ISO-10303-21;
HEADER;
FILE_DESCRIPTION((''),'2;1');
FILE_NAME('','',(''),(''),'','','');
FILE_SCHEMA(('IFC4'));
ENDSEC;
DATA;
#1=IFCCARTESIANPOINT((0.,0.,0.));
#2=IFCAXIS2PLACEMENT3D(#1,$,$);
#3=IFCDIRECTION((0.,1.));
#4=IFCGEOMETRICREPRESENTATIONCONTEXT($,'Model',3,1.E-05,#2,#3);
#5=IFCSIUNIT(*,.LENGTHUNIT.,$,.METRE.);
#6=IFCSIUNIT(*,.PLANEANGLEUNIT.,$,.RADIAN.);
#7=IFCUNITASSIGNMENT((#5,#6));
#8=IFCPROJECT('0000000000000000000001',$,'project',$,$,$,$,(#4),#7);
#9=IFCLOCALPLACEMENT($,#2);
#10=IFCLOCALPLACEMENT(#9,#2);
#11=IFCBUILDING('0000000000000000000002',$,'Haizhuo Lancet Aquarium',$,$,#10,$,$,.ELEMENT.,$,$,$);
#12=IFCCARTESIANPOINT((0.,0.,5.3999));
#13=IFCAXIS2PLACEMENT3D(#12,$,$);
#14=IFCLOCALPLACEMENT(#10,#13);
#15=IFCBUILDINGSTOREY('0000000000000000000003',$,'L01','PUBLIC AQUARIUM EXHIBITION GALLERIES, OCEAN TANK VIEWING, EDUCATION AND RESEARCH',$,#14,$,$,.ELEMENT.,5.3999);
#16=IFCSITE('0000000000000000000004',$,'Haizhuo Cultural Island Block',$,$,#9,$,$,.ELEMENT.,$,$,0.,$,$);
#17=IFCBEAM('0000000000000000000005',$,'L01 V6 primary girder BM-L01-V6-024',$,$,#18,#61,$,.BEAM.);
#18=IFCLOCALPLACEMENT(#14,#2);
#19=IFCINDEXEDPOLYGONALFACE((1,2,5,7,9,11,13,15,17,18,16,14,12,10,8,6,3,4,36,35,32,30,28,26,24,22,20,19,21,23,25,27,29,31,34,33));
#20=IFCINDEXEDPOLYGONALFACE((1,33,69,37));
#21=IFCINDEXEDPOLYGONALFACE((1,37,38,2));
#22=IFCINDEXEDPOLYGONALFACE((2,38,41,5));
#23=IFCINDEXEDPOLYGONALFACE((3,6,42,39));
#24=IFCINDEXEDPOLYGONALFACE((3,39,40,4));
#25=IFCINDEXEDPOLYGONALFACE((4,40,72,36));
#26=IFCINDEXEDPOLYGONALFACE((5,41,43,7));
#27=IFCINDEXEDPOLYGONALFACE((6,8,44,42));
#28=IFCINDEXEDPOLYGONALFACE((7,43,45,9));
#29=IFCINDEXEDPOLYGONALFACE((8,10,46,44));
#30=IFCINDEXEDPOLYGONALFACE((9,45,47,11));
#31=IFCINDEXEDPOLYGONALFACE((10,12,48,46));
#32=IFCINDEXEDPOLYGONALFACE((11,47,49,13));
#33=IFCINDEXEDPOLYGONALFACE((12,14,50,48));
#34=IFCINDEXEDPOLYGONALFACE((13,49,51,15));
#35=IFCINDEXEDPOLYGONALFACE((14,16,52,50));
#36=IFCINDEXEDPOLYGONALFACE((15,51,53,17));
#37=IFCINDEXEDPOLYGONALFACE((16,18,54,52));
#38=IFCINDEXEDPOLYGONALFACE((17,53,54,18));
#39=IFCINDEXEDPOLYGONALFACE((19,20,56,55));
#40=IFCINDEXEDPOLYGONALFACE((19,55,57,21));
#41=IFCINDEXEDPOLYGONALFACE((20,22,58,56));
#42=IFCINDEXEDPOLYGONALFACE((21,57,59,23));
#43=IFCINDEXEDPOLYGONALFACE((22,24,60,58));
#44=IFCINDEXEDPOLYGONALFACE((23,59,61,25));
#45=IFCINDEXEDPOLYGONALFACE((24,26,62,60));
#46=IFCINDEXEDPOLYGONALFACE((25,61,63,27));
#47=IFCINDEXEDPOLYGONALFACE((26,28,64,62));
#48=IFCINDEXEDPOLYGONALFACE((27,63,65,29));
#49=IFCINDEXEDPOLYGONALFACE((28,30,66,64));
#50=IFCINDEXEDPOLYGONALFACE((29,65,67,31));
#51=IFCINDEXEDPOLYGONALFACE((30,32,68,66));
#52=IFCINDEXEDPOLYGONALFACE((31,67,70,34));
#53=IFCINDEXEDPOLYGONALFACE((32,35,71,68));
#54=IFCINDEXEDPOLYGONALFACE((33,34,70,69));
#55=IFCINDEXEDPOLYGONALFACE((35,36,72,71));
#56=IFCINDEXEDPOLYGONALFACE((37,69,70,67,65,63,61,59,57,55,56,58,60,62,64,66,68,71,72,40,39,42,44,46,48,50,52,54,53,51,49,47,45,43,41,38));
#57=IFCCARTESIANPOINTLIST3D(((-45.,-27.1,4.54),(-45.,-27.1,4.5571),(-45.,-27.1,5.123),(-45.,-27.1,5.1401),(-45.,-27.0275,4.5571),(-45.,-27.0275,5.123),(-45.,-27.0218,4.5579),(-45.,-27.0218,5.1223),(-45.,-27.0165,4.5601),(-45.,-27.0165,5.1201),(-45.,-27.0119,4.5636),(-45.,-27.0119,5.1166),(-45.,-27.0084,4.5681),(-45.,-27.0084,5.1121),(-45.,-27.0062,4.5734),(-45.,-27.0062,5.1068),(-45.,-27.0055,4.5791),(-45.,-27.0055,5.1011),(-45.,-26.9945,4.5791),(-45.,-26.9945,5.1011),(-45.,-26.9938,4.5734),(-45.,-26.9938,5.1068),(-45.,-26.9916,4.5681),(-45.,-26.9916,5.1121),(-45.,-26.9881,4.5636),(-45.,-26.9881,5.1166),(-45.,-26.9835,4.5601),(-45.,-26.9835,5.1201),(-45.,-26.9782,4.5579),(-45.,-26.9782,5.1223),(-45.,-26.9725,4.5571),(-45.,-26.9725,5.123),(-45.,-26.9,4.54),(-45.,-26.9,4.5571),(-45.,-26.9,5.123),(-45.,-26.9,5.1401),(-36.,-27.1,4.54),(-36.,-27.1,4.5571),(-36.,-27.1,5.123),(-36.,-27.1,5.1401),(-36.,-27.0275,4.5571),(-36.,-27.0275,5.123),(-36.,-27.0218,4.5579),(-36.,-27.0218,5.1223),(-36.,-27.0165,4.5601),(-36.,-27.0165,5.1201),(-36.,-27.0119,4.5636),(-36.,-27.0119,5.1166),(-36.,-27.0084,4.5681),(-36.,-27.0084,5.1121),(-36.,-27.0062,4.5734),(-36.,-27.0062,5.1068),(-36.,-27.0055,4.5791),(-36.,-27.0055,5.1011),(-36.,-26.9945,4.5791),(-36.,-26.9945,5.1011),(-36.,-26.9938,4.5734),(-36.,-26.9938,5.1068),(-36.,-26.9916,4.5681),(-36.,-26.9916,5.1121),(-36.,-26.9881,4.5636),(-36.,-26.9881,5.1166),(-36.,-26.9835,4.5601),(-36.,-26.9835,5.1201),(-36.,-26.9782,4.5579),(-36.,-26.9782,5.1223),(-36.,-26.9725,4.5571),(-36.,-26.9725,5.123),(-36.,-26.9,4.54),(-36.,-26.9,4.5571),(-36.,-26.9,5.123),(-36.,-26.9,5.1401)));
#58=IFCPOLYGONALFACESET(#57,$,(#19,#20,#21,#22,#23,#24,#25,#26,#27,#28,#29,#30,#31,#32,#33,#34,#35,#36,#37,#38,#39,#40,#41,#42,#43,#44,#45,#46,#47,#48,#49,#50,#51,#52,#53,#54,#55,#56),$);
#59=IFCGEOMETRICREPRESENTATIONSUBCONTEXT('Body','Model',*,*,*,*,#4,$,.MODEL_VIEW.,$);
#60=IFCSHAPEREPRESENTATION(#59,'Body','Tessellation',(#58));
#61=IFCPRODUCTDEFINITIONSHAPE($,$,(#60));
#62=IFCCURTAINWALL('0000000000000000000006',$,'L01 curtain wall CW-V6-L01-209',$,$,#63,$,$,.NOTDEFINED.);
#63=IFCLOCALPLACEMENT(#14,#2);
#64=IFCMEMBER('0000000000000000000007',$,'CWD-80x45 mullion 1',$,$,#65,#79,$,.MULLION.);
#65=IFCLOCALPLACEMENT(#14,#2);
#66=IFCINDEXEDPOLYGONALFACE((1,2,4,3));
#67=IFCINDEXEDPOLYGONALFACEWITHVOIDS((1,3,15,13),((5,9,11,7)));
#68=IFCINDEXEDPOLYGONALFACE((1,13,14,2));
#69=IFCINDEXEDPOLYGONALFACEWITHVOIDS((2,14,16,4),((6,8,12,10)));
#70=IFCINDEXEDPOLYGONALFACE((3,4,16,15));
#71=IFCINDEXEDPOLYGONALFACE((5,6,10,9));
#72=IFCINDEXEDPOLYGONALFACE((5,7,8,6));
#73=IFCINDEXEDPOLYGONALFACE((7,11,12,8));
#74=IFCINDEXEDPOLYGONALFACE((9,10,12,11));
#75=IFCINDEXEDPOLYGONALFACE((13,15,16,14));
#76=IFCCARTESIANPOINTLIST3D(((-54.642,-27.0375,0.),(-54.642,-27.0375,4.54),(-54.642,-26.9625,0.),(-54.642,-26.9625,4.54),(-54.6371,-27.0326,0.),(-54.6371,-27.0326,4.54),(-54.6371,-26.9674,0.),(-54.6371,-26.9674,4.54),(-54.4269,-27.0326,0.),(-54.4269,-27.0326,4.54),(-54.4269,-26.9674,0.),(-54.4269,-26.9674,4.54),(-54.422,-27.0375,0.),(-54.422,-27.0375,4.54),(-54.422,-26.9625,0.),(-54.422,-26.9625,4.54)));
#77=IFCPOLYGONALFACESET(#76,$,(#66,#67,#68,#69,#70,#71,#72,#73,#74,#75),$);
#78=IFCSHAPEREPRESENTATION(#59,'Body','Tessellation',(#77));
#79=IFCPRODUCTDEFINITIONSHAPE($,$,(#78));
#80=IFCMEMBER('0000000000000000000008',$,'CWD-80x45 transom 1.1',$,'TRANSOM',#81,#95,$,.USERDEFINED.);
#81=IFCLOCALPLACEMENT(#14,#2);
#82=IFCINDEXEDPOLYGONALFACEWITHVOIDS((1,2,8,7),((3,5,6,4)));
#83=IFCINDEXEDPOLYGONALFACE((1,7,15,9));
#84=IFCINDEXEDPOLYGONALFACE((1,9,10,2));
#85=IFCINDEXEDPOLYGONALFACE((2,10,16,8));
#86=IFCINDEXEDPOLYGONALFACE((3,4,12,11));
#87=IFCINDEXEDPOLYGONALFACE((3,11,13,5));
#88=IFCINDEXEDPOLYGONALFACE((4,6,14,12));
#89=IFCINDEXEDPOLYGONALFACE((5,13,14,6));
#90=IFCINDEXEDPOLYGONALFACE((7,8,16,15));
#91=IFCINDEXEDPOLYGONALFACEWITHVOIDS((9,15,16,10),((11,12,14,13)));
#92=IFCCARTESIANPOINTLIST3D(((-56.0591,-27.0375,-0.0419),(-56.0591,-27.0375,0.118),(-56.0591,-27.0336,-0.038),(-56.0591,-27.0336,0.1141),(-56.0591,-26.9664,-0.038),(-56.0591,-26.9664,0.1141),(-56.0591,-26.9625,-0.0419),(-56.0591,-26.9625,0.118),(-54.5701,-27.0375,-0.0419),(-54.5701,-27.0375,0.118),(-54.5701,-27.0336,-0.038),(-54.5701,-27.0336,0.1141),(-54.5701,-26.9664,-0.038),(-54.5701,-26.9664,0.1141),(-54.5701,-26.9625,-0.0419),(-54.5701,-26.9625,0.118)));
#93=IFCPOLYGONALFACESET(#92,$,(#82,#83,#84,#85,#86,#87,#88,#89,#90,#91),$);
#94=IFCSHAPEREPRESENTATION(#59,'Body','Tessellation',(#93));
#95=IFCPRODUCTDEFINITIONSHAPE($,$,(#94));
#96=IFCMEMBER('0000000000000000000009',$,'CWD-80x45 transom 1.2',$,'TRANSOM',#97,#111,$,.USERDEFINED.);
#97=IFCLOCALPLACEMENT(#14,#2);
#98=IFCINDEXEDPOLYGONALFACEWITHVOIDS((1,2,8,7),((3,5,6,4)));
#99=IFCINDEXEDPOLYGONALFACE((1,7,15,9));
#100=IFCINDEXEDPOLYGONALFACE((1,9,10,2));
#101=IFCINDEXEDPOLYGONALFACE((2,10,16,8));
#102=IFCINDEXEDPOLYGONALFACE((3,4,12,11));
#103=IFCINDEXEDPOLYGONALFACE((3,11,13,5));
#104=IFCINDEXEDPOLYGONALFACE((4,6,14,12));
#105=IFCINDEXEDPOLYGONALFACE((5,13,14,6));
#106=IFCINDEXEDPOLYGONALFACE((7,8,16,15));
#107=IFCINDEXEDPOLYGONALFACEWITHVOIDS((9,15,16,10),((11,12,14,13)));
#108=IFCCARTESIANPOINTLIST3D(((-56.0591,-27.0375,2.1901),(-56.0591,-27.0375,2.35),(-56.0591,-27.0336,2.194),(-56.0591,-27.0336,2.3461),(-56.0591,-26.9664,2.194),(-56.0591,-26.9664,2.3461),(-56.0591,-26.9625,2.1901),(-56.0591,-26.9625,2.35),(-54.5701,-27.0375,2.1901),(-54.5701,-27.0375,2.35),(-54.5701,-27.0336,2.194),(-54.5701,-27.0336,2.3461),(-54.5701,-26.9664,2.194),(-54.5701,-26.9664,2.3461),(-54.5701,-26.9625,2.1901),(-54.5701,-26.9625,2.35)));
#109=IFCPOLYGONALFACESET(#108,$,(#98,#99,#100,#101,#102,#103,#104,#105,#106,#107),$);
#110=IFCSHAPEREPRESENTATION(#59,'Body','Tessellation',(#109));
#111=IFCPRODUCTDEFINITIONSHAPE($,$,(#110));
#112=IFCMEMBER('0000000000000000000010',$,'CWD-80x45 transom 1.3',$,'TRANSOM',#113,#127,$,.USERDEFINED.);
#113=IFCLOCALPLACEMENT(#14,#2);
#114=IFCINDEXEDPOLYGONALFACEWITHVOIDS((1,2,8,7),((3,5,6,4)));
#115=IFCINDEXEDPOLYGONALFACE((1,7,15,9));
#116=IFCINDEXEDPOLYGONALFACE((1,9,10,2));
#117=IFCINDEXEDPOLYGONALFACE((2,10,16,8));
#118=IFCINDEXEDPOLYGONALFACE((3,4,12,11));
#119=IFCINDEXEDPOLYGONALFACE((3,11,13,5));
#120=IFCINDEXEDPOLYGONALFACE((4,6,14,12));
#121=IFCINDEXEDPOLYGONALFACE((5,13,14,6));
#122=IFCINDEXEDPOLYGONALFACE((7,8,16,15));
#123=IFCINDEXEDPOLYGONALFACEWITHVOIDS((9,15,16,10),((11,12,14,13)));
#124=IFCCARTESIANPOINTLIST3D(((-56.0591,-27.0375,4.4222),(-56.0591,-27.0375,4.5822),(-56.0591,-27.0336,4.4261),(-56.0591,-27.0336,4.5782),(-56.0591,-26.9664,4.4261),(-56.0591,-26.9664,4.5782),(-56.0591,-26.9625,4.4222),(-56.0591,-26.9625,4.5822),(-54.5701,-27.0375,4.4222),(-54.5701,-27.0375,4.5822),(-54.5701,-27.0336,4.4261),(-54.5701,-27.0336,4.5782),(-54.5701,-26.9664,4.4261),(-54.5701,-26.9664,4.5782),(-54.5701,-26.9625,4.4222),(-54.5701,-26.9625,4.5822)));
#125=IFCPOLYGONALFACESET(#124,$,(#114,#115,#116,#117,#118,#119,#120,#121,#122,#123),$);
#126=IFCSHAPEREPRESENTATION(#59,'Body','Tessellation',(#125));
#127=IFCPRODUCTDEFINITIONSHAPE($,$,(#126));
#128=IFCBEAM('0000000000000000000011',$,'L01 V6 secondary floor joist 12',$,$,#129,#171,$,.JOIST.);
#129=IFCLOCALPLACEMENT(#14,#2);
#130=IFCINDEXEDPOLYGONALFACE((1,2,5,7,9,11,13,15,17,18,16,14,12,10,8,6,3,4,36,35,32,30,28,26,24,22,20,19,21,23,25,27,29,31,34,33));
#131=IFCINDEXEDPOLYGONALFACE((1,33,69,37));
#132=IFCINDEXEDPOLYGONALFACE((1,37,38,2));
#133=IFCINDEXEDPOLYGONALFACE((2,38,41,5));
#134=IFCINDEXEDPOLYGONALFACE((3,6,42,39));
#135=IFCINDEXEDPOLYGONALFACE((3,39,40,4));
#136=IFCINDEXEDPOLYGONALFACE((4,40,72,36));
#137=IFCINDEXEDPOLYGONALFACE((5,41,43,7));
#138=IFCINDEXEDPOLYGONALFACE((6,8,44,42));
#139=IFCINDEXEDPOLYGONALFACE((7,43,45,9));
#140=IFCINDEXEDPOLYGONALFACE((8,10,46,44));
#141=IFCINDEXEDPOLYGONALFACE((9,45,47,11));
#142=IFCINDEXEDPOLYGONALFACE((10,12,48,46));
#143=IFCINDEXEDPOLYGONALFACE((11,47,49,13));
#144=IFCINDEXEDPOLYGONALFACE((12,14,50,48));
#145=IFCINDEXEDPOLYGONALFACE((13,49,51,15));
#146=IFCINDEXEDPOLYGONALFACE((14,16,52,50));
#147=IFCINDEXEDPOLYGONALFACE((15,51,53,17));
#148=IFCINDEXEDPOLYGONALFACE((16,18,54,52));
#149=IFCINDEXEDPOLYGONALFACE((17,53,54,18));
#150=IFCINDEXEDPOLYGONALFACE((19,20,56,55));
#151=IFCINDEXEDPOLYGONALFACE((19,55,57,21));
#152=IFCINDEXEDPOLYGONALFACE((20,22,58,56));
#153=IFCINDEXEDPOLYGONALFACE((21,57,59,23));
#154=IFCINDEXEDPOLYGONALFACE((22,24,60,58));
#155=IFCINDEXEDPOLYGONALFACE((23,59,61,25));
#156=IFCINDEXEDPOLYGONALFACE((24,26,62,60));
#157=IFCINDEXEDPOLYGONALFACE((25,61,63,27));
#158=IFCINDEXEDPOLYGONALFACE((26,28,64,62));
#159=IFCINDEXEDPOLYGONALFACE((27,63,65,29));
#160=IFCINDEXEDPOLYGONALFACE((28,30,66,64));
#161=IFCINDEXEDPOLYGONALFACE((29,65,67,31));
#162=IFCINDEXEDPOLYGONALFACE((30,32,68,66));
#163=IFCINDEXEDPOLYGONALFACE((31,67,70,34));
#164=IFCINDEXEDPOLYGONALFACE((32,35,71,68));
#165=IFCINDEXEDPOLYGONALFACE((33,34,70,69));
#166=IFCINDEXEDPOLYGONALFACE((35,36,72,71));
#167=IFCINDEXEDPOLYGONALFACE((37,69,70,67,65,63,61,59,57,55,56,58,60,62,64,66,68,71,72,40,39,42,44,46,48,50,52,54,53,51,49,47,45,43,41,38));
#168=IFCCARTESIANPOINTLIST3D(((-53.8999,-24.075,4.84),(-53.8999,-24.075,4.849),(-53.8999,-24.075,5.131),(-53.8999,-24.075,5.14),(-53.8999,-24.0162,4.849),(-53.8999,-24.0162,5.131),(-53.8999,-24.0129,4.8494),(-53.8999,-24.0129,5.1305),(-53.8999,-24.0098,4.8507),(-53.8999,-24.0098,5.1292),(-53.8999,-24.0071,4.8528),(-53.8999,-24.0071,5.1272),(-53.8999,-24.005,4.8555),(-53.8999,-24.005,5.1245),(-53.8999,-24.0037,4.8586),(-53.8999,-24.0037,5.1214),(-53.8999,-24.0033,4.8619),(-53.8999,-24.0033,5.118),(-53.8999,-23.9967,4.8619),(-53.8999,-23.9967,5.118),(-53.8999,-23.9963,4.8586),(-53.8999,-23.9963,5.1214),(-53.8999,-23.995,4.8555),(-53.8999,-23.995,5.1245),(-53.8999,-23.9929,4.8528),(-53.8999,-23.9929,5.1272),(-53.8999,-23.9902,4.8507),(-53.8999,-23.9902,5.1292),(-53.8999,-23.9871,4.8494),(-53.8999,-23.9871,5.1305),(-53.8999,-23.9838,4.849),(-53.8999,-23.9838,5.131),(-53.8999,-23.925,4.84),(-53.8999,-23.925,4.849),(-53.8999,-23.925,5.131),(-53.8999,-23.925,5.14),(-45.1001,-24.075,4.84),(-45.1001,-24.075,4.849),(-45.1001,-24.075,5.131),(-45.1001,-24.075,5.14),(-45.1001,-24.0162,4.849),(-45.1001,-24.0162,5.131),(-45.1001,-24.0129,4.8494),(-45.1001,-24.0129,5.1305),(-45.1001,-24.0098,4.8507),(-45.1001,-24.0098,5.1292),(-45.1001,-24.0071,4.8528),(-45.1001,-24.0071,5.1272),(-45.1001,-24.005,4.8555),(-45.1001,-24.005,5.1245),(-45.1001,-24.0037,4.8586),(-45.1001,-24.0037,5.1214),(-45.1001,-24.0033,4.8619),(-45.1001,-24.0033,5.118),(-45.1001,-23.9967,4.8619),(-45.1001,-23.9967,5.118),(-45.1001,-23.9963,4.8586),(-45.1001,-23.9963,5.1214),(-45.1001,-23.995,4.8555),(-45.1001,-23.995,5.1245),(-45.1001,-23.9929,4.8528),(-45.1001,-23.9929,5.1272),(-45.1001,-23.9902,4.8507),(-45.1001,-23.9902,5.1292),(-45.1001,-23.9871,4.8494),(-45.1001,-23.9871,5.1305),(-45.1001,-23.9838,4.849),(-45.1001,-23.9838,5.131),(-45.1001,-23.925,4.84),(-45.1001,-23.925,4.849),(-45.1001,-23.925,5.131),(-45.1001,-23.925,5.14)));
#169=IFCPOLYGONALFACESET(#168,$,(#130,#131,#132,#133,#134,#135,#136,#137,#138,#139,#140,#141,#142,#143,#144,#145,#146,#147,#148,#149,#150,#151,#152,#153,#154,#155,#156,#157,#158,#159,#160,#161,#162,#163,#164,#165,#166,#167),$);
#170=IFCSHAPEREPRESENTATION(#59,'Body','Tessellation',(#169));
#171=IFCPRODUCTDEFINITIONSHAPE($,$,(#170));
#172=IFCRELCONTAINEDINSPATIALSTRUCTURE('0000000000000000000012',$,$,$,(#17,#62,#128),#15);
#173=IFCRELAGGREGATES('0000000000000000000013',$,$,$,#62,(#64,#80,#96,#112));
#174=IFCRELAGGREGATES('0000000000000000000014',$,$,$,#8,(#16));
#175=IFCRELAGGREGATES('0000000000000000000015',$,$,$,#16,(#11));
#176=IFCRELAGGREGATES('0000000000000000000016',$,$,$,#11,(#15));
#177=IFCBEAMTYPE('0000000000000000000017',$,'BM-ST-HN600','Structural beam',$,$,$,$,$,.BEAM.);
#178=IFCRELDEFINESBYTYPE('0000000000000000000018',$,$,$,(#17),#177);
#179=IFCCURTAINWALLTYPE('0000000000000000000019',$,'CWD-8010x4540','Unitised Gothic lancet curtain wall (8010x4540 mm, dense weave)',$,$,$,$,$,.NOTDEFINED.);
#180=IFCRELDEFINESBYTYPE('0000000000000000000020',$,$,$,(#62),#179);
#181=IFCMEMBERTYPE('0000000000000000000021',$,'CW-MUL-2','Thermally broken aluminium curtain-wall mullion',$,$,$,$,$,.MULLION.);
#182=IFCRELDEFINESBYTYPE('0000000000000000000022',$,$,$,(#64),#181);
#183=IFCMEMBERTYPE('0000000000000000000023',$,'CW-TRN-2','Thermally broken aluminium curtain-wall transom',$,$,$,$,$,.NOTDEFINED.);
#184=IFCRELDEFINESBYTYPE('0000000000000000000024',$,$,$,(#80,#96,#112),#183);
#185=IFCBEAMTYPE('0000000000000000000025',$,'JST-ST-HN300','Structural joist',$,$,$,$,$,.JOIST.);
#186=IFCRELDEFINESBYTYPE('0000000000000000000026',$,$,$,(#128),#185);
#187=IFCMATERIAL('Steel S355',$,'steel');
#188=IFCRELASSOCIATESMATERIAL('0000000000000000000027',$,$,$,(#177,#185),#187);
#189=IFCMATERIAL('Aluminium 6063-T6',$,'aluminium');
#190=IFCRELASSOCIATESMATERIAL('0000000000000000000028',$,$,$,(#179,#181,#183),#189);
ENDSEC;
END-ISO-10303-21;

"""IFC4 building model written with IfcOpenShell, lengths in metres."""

from ifc_helpers import new_model, si_unit, direction, frame, origin, origin_2d, place, context, subcontext, project, spatial, hollow_rectangle, i_section, extrude, material, material_profile, profile_set, type_object, element, aggregate, save


model = new_model("IFC4")

# Units and contexts
model_context = context("Model", 3, precision=1e-05, world=origin(), true_north=direction((0.0, 1.0)))
body_context = subcontext(model_context, "Body", "Model", "MODEL_VIEW")
ifc_project = project(units=[si_unit("LENGTHUNIT", "METRE"), si_unit("PLANEANGLEUNIT", "RADIAN")], contexts=[model_context])

# Site, building, storey
site_placement = place(None, origin())
site = spatial("IfcSite", under=ifc_project, at=site_placement, Name="Haizhuo Cultural Island Block", CompositionType="ELEMENT", RefElevation=0.0)
building_placement = place(site_placement, origin())
building = spatial("IfcBuilding", under=site, at=building_placement, Name="Haizhuo Lancet Aquarium", CompositionType="ELEMENT")
storey_placement = place(building_placement, frame((0.0, 0.0, 5.3999)))
storey = spatial("IfcBuildingStorey", under=building, at=storey_placement, Name="L01", Description="PUBLIC AQUARIUM EXHIBITION GALLERIES, OCEAN TANK VIEWING, EDUCATION AND RESEARCH", CompositionType="ELEMENT", Elevation=5.3999)

# Beam
ifc_material_1 = material(Name="Steel S355", Category="steel")
ifc_material_profile_1 = material_profile(ifc_material_1, i_section(OverallWidth=0.2, OverallDepth=0.6001, WebThickness=0.011, FlangeThickness=0.0171, FilletRadius=0.022, at=origin_2d()), Name="HN 600x200x11x17")
ifc_profile_set_1 = profile_set([ifc_material_profile_1], Name="Steel S355")
beam_type_1 = type_object("IfcBeamType", Name="BM-ST-HN600", Description="Structural beam", PredefinedType="BEAM", material=ifc_profile_set_1)
for number, where, z_axis, x_axis, name in (
    (1, (-45.0, -27.0, 4.8401), (1.0, 0.0, 0.0), (0.0, 1.0, 0.0), "L01 V6 primary girder BM-L01-V6-024"),
):
    element("IfcBeam", number, at=place(storey_placement, frame(where, z_axis=z_axis, x_axis=x_axis)), inside=storey, type_object=beam_type_1, Name=name, PredefinedType="BEAM", context=body_context, shape_type="SweptSolid", body=[
        extrude(i_section(OverallWidth=0.2, OverallDepth=0.6001, WebThickness=0.011, FlangeThickness=0.0171, FilletRadius=0.022, at=origin_2d()), origin(), (0.0, 0.0, 1.0), 9.0),
    ])

# Curtain wall, members
ifc_material_2 = material(Name="Aluminium 6063-T6", Category="aluminium")
curtain_wall_type = type_object("IfcCurtainWallType", Name="CWD-8010x4540", Description="Unitised Gothic lancet curtain wall (8010x4540 mm, dense weave)", PredefinedType="NOTDEFINED", material=ifc_material_2)
curtain_wall_placement = place(storey_placement, origin())
curtain_wall = element("IfcCurtainWall", 2, at=curtain_wall_placement, inside=storey, type_object=curtain_wall_type, Name="L01 curtain wall CW-V6-L01-209", PredefinedType="NOTDEFINED")
ifc_material_profile_2 = material_profile(ifc_material_2, hollow_rectangle(XDim=0.075, YDim=0.22, WallThickness=0.0049, at=origin_2d()), Name="ALU-M 75x220x5")
ifc_profile_set_2 = profile_set([ifc_material_profile_2], Name="Aluminium 6063-T6")
member_type_1 = type_object("IfcMemberType", Name="CW-MUL-2", Description="Thermally broken aluminium curtain-wall mullion", PredefinedType="MULLION", material=ifc_profile_set_2)
member_1_placement = place(storey_placement, frame((-54.532, -27.0, 0.0), z_axis=(0.0, 0.0, 1.0), x_axis=(0.0, -1.0, 0.0)))
member_1 = element("IfcMember", 3, at=member_1_placement, type_object=member_type_1, Name="CWD-80x45 mullion 1", PredefinedType="MULLION", context=body_context, shape_type="SweptSolid", body=[
    extrude(hollow_rectangle(XDim=0.075, YDim=0.22, WallThickness=0.0049, at=origin_2d()), origin(), (0.0, 0.0, 1.0), 4.54),
])
ifc_material_profile_3 = material_profile(ifc_material_2, hollow_rectangle(XDim=0.075, YDim=0.1599, WallThickness=0.0039, at=origin_2d()), Name="ALU-T 75x160x4")
ifc_profile_set_3 = profile_set([ifc_material_profile_3], Name="Aluminium 6063-T6")
member_type_2 = type_object("IfcMemberType", Name="CW-TRN-2", Description="Thermally broken aluminium curtain-wall transom", PredefinedType="NOTDEFINED", material=ifc_profile_set_3)
member_2_placement = place(storey_placement, frame((-54.5701, -27.0, 0.0381), z_axis=(-1.0, 0.0, 0.0), x_axis=(0.0, -1.0, 0.0)))
member_2 = element("IfcMember", 4, at=member_2_placement, type_object=member_type_2, Name="CWD-80x45 transom 1.1", ObjectType="TRANSOM", PredefinedType="USERDEFINED", context=body_context, shape_type="SweptSolid", body=[
    extrude(hollow_rectangle(XDim=0.075, YDim=0.1599, WallThickness=0.0039, at=origin_2d()), origin(), (0.0, 0.0, 1.0), 1.489),
])
member_3_placement = place(storey_placement, frame((-54.5701, -27.0, 2.27), z_axis=(-1.0, 0.0, 0.0), x_axis=(0.0, -1.0, 0.0)))
member_3 = element("IfcMember", 5, at=member_3_placement, type_object=member_type_2, Name="CWD-80x45 transom 1.2", ObjectType="TRANSOM", PredefinedType="USERDEFINED", context=body_context, shape_type="SweptSolid", body=[
    extrude(hollow_rectangle(XDim=0.075, YDim=0.1599, WallThickness=0.0039, at=origin_2d()), origin(), (0.0, 0.0, 1.0), 1.489),
])
member_4_placement = place(storey_placement, frame((-54.5701, -27.0, 4.5022), z_axis=(-1.0, 0.0, 0.0), x_axis=(0.0, -1.0, 0.0)))
member_4 = element("IfcMember", 6, at=member_4_placement, type_object=member_type_2, Name="CWD-80x45 transom 1.3", ObjectType="TRANSOM", PredefinedType="USERDEFINED", context=body_context, shape_type="SweptSolid", body=[
    extrude(hollow_rectangle(XDim=0.075, YDim=0.1599, WallThickness=0.0039, at=origin_2d()), origin(), (0.0, 0.0, 1.0), 1.489),
])

# Beam
ifc_material_profile_4 = material_profile(ifc_material_1, i_section(OverallWidth=0.1499, OverallDepth=0.3, WebThickness=0.0066, FlangeThickness=0.009, FilletRadius=0.0129, at=origin_2d()), Name="HN 300x150x6.5x9")
ifc_profile_set_4 = profile_set([ifc_material_profile_4], Name="Steel S355")
beam_type_2 = type_object("IfcBeamType", Name="JST-ST-HN300", Description="Structural joist", PredefinedType="JOIST", material=ifc_profile_set_4)
beam_1_placement = place(storey_placement, frame((-53.8999, -24.0, 4.99), z_axis=(1.0, 0.0, 0.0), x_axis=(0.0, 1.0, 0.0)))
element("IfcBeam", 7, at=beam_1_placement, inside=storey, type_object=beam_type_2, Name="L01 V6 secondary floor joist 12", PredefinedType="JOIST", context=body_context, shape_type="SweptSolid", body=[
    extrude(i_section(OverallWidth=0.1499, OverallDepth=0.3, WebThickness=0.0066, FlangeThickness=0.009, FilletRadius=0.0129, at=origin_2d()), origin(), (0.0, 0.0, 1.0), 8.7998),
])

aggregate(curtain_wall, [member_1, member_2, member_3, member_4])

save(model, "model.ifc")
